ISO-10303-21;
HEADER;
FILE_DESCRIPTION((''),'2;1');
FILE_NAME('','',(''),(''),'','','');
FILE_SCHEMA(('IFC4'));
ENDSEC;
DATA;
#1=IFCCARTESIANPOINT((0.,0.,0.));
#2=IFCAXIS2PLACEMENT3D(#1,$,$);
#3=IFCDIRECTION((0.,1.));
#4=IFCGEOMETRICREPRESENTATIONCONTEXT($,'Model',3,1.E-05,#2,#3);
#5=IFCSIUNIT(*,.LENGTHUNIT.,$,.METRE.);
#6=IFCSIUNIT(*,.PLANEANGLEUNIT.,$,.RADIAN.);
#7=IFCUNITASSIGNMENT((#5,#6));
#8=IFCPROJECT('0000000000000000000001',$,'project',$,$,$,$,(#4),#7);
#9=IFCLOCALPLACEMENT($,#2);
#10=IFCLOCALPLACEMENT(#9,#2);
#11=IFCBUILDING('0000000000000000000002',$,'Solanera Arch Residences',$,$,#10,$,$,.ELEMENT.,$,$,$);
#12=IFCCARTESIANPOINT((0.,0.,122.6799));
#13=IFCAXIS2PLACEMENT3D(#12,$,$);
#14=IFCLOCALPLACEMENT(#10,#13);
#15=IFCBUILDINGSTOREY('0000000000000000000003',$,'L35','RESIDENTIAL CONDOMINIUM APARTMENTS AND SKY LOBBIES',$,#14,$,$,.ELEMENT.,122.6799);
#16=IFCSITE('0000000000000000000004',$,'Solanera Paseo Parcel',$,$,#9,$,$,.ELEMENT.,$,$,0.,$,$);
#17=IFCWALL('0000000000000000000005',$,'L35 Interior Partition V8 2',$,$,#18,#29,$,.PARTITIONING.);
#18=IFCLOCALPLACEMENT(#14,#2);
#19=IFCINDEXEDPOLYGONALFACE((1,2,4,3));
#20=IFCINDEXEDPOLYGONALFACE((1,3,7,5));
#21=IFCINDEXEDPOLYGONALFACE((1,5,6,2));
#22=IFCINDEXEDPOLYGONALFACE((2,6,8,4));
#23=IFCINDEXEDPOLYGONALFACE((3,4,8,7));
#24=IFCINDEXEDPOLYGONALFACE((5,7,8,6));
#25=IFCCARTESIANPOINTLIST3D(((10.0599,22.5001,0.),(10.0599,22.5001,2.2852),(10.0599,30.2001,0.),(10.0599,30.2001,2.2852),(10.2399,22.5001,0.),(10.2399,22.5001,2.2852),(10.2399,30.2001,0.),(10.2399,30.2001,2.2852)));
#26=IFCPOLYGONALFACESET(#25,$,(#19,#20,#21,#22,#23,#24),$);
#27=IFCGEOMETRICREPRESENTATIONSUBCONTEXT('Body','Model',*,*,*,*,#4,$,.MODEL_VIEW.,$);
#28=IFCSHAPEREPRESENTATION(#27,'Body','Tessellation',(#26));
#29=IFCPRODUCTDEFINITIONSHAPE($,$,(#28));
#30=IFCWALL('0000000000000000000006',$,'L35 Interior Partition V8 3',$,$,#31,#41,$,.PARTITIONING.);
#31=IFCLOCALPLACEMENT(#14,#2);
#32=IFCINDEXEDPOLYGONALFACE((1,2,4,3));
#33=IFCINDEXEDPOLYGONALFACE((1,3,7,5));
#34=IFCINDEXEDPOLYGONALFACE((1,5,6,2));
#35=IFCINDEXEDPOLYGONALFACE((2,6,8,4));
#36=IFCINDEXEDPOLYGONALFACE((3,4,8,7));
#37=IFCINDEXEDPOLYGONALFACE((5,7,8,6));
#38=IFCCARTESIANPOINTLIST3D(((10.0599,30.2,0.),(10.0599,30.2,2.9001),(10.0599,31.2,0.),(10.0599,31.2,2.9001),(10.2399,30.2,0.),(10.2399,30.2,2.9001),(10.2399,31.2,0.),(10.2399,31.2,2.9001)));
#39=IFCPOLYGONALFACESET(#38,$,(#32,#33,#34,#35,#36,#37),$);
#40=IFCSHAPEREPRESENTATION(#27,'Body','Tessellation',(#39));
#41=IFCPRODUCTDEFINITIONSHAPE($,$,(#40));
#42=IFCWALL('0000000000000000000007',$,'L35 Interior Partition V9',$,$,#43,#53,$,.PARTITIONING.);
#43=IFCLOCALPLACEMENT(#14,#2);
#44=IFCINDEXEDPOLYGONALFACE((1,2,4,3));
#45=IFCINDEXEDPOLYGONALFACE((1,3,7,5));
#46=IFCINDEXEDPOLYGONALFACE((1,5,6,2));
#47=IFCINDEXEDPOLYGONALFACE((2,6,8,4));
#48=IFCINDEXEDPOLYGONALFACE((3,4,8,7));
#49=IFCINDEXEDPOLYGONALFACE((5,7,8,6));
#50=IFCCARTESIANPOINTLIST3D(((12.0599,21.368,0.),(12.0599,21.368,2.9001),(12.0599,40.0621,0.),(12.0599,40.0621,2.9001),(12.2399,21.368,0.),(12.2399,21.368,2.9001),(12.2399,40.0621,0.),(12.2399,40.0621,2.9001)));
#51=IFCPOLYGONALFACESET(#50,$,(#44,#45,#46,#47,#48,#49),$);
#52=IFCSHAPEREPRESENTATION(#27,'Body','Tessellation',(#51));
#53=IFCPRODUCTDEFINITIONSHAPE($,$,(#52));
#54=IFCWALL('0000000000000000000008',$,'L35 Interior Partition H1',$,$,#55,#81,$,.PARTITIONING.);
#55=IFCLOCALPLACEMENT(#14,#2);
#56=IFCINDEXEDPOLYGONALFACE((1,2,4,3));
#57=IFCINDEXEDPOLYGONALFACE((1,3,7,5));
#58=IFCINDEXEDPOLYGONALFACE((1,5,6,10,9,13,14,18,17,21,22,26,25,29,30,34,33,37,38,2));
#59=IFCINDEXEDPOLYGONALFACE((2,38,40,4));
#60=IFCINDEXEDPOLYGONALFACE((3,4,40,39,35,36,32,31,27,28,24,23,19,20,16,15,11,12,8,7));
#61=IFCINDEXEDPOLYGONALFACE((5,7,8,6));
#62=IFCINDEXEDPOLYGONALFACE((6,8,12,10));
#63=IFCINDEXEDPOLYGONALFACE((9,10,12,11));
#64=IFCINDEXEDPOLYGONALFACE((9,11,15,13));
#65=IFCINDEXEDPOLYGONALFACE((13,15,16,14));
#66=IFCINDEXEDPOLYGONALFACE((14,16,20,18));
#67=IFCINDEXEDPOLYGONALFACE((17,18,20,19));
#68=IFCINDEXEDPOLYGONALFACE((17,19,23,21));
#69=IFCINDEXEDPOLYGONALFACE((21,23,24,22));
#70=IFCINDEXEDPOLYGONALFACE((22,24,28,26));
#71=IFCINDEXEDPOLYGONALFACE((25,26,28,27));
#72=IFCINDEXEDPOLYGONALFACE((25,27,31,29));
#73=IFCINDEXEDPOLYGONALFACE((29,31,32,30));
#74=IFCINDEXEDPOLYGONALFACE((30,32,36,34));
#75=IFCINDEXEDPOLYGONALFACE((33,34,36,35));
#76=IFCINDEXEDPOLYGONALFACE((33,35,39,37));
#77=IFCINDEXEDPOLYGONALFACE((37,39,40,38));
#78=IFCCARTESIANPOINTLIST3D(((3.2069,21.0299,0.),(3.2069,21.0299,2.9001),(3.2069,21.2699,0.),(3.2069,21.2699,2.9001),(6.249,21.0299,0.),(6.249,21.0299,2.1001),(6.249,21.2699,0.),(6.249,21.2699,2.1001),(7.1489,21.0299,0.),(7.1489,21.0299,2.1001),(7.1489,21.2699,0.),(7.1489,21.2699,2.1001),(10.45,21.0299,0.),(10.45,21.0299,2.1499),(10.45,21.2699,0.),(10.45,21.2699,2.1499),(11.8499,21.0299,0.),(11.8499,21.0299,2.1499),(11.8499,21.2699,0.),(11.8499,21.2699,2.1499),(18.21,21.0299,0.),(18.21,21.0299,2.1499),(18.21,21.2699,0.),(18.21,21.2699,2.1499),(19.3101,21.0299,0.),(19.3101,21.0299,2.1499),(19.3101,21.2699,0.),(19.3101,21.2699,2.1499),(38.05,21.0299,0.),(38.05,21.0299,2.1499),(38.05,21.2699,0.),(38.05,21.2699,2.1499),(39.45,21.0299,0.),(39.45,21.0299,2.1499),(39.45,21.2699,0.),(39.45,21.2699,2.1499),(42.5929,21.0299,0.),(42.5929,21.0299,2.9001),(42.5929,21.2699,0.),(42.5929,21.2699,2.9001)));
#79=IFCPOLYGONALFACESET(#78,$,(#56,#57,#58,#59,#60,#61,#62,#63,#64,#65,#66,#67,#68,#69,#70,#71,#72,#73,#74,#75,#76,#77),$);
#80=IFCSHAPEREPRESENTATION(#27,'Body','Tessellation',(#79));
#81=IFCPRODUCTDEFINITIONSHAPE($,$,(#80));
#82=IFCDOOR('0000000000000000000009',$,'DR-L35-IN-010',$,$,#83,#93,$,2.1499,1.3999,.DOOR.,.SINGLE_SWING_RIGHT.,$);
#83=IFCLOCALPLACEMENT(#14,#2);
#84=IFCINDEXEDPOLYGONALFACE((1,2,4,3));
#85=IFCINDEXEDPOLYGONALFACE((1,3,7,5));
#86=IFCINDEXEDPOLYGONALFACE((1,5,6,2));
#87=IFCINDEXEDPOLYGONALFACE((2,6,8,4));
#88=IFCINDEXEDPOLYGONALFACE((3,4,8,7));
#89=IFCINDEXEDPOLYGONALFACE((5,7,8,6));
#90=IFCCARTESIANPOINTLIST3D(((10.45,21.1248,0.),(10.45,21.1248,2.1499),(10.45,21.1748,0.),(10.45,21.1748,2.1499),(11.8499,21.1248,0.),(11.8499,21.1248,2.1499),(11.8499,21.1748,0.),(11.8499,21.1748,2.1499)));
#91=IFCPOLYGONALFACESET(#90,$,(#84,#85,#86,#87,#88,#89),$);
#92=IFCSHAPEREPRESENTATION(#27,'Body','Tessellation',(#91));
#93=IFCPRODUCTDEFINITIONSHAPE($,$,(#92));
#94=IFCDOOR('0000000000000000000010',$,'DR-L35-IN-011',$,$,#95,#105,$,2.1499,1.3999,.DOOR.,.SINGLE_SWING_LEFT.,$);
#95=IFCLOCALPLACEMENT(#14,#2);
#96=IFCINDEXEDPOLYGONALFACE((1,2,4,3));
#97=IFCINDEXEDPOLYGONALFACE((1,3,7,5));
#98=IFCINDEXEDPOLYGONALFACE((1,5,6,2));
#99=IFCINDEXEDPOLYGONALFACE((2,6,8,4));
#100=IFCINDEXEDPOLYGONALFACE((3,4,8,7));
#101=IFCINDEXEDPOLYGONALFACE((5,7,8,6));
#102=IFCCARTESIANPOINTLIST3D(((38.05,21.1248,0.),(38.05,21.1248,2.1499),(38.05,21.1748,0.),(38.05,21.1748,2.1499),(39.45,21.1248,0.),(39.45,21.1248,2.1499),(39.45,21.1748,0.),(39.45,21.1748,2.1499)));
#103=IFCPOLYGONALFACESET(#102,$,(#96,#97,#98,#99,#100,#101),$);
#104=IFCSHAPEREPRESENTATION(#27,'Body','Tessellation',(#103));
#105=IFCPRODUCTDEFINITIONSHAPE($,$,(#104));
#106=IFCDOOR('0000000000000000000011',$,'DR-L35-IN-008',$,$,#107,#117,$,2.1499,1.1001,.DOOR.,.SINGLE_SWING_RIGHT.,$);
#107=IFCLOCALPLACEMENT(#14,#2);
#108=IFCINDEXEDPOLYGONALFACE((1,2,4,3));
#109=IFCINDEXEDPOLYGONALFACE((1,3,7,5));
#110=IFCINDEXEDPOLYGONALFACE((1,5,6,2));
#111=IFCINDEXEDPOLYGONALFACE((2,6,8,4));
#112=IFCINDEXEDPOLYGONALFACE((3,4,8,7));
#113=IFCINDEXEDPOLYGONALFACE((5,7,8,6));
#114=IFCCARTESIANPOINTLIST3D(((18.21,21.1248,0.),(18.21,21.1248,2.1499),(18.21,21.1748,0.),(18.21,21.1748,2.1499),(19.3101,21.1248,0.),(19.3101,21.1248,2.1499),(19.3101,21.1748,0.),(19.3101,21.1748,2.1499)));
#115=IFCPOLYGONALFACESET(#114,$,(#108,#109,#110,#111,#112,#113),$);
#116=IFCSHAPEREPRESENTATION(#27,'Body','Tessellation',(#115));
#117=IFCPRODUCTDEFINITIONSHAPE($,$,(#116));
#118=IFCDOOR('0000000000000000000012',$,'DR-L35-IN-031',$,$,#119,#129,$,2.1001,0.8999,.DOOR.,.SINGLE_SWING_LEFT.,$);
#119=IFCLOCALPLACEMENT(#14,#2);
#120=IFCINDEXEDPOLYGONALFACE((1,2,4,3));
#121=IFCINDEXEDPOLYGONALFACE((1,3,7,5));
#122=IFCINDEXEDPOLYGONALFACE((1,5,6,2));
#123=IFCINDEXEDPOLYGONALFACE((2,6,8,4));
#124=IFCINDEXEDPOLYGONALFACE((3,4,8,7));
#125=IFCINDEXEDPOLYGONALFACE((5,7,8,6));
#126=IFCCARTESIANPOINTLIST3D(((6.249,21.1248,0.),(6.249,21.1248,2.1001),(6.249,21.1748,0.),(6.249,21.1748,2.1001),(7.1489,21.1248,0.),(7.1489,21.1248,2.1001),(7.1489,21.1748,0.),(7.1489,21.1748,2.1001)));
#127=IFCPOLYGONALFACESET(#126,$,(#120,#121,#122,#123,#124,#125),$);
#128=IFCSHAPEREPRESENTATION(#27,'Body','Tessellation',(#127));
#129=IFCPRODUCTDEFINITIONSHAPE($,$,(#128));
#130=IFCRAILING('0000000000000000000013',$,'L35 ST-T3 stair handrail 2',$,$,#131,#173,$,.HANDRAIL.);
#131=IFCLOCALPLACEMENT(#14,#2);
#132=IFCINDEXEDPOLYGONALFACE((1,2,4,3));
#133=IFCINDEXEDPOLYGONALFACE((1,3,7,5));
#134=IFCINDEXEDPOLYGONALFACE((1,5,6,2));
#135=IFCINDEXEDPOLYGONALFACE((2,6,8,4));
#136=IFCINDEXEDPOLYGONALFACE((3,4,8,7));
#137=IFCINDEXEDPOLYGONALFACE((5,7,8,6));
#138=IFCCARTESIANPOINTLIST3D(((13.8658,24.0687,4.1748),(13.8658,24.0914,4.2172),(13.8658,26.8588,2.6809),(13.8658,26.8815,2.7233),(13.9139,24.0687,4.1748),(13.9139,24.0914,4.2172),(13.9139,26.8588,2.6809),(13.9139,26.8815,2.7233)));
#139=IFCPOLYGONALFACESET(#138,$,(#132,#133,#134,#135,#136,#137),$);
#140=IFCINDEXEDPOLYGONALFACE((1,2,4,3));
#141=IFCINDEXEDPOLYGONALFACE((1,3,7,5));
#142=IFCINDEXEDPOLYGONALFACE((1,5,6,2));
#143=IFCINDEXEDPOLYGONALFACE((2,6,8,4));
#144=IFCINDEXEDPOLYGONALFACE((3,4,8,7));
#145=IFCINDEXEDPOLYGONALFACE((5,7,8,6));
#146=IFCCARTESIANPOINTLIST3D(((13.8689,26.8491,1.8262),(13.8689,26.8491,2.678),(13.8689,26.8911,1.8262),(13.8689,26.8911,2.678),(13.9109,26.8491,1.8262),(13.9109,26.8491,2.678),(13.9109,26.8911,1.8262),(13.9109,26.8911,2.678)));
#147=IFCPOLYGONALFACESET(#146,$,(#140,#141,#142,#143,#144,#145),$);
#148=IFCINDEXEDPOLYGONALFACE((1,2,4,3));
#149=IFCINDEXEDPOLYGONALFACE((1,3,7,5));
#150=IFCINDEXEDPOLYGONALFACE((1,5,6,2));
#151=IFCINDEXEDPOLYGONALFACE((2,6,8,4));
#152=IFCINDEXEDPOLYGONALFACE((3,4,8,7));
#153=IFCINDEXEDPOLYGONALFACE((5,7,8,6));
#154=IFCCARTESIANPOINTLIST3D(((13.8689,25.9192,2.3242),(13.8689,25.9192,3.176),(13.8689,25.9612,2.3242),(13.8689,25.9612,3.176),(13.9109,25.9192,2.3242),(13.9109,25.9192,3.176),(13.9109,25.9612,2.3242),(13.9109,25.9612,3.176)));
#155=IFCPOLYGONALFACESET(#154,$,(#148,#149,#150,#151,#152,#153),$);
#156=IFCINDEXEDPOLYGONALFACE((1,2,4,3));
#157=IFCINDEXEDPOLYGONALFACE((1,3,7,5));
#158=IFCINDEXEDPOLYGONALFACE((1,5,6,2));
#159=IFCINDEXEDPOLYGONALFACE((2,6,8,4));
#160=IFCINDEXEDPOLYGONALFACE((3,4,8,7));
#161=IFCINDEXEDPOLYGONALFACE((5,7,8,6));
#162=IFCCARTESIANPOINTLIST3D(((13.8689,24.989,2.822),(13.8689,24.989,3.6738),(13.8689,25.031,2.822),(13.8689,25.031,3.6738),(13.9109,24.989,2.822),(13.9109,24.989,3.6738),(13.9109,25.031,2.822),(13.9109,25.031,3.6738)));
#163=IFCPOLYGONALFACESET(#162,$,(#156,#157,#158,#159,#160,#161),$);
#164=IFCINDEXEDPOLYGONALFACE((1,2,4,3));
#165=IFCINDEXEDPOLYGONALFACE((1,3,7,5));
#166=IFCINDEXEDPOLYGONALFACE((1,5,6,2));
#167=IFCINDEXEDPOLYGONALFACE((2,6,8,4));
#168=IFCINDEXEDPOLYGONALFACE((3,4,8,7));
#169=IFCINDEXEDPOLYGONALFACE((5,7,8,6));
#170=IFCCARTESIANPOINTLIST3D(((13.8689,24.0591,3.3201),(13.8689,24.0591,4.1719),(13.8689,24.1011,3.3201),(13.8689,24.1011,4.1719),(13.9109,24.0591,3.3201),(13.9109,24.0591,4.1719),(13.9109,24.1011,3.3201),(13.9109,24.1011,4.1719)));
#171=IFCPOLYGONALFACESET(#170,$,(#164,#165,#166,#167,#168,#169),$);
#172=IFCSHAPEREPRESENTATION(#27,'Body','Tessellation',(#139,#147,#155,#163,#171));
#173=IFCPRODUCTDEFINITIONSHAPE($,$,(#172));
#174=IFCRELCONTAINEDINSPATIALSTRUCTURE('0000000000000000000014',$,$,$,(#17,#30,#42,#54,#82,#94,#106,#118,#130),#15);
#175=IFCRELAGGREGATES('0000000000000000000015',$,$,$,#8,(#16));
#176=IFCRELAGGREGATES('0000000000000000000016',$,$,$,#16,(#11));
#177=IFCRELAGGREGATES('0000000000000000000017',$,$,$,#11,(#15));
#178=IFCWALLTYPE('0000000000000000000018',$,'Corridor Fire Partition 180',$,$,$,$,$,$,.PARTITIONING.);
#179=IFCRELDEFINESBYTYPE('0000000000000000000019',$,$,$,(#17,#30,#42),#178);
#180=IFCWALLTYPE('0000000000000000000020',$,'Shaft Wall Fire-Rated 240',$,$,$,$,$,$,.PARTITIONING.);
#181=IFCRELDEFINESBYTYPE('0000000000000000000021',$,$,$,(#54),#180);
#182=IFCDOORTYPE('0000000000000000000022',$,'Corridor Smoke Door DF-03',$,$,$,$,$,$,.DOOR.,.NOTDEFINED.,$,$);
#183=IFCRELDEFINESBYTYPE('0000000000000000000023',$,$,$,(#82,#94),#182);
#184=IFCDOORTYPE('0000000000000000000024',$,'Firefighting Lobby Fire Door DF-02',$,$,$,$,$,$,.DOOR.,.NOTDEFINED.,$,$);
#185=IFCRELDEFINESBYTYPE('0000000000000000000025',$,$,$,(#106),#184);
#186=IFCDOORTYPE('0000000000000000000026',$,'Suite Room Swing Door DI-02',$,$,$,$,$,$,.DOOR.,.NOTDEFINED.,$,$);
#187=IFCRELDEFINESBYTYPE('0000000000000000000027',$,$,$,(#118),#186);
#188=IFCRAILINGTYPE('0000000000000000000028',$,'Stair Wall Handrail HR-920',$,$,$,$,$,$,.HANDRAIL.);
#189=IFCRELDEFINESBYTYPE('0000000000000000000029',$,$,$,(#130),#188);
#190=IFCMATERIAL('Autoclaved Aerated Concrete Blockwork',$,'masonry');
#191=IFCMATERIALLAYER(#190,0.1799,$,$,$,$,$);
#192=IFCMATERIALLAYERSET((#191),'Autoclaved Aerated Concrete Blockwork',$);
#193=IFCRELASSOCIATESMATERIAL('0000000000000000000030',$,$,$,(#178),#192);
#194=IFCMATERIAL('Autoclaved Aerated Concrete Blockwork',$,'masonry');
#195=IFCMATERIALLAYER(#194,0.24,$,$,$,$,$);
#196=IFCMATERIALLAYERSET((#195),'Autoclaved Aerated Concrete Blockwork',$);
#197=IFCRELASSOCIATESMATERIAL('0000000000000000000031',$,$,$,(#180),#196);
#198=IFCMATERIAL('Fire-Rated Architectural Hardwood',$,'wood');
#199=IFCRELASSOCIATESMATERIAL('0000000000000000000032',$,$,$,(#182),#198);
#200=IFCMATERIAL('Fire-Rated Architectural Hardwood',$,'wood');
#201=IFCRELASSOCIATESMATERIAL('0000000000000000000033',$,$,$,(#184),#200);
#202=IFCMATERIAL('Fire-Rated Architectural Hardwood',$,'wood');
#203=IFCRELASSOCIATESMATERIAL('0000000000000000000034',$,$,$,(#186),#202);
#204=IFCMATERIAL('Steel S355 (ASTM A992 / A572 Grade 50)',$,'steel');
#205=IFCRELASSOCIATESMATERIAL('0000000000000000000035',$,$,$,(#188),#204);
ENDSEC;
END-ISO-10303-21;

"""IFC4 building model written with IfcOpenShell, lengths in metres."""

from ifc_helpers import new_model, si_unit, direction, frame, frame_2d, origin, origin_2d, place, context, subcontext, project, spatial, rectangle, extrude, material, layer, layer_set, type_object, element, fill, save


model = new_model("IFC4")

# Units and contexts
model_context = context("Model", 3, precision=1e-05, world=origin(), true_north=direction((0.0, 1.0)))
body_context = subcontext(model_context, "Body", "Model", "MODEL_VIEW")
ifc_project = project(units=[si_unit("LENGTHUNIT", "METRE"), si_unit("PLANEANGLEUNIT", "RADIAN")], contexts=[model_context])

# Site, building, storey
site_placement = place(None, origin())
site = spatial("IfcSite", under=ifc_project, at=site_placement, Name="Solanera Paseo Parcel", CompositionType="ELEMENT", RefElevation=0.0)
building_placement = place(site_placement, origin())
building = spatial("IfcBuilding", under=site, at=building_placement, Name="Solanera Arch Residences", CompositionType="ELEMENT")
storey_placement = place(building_placement, frame((0.0, 0.0, 122.6799)))
storey = spatial("IfcBuildingStorey", under=building, at=storey_placement, Name="L35", Description="RESIDENTIAL CONDOMINIUM APARTMENTS AND SKY LOBBIES", CompositionType="ELEMENT", Elevation=122.6799)

# Walls
ifc_material_1 = material(Name="Autoclaved Aerated Concrete Blockwork", Category="masonry")
ifc_layer_1 = layer(ifc_material_1, 0.1799)
ifc_layer_set_1 = layer_set([ifc_layer_1], Name="Autoclaved Aerated Concrete Blockwork")
wall_type_1 = type_object("IfcWallType", Name="Corridor Fire Partition 180", PredefinedType="PARTITIONING", material=ifc_layer_set_1)
wall_1_placement = place(storey_placement, frame((10.1499, 22.5, 0.0), z_axis=(0.0, 0.0, 1.0), x_axis=(0.0, 1.0, 0.0)))
element("IfcWall", 1, at=wall_1_placement, inside=storey, type_object=wall_type_1, Name="L35 Interior Partition V8 2", PredefinedType="PARTITIONING", context=body_context, shape_type="SweptSolid", body=[
    extrude(rectangle(XDim=7.7, YDim=0.1799, at=frame_2d((3.8501, 0.0))), origin(), (0.0, 0.0, 1.0), 2.2852),
])
wall_2_placement = place(storey_placement, frame((10.1499, 30.2, 0.0), z_axis=(0.0, 0.0, 1.0), x_axis=(0.0, 1.0, 0.0)))
element("IfcWall", 2, at=wall_2_placement, inside=storey, type_object=wall_type_1, Name="L35 Interior Partition V8 3", PredefinedType="PARTITIONING", context=body_context, shape_type="SweptSolid", body=[
    extrude(rectangle(XDim=1.0, YDim=0.1799, at=frame_2d((0.5, 0.0))), origin(), (0.0, 0.0, 1.0), 2.9001),
])
wall_3_placement = place(storey_placement, frame((12.1499, 21.3679, 0.0), z_axis=(0.0, 0.0, 1.0), x_axis=(0.0, 1.0, 0.0)))
element("IfcWall", 3, at=wall_3_placement, inside=storey, type_object=wall_type_1, Name="L35 Interior Partition V9", PredefinedType="PARTITIONING", context=body_context, shape_type="SweptSolid", body=[
    extrude(rectangle(XDim=18.6941, YDim=0.1799, at=frame_2d((9.3472, 0.0))), origin(), (0.0, 0.0, 1.0), 2.9001),
])

# Wall, openings, doors
ifc_material_2 = material(Name="Autoclaved Aerated Concrete Blockwork", Category="masonry")
ifc_layer_2 = layer(ifc_material_2, 0.24)
ifc_layer_set_2 = layer_set([ifc_layer_2], Name="Autoclaved Aerated Concrete Blockwork")
wall_type_2 = type_object("IfcWallType", Name="Shaft Wall Fire-Rated 240", PredefinedType="PARTITIONING", material=ifc_layer_set_2)
wall_4_placement = place(storey_placement, frame((3.207, 21.1499, 0.0), z_axis=(0.0, 0.0, 1.0), x_axis=(1.0, 0.0, 0.0)))
wall_4 = element("IfcWall", 4, at=wall_4_placement, inside=storey, type_object=wall_type_2, Name="L35 Interior Partition H1", PredefinedType="PARTITIONING", context=body_context, shape_type="SweptSolid", body=[
    extrude(rectangle(XDim=39.386, YDim=0.24, at=frame_2d((19.6929, 0.0))), origin(), (0.0, 0.0, 1.0), 2.9001),
])
opening_1_placement = place(wall_4_placement, frame((15.0029, 0.0, 0.0)))
opening_1 = element("IfcOpeningElement", 5, at=opening_1_placement, cuts=wall_4, PredefinedType="OPENING", context=body_context, shape_type="SweptSolid", body=[
    extrude(rectangle(XDim=1.1001, YDim=2.1499, at=frame_2d((0.55, 1.075))), frame((0.0, 0.1299, 0.0), z_axis=(0.0, -1.0, 0.0), x_axis=(1.0, 0.0, 0.0)), (0.0, 0.0, 1.0), 0.26),
])
opening_2_placement = place(wall_4_placement, frame((7.2429, 0.0, 0.0)))
opening_2 = element("IfcOpeningElement", 6, at=opening_2_placement, cuts=wall_4, PredefinedType="OPENING", context=body_context, shape_type="SweptSolid", body=[
    extrude(rectangle(XDim=1.3999, YDim=2.1499, at=frame_2d((0.7, 1.075))), frame((0.0, 0.1299, 0.0), z_axis=(0.0, -1.0, 0.0), x_axis=(1.0, 0.0, 0.0)), (0.0, 0.0, 1.0), 0.26),
])
opening_3_placement = place(wall_4_placement, frame((34.843, 0.0, 0.0)))
opening_3 = element("IfcOpeningElement", 7, at=opening_3_placement, cuts=wall_4, PredefinedType="OPENING", context=body_context, shape_type="SweptSolid", body=[
    extrude(rectangle(XDim=1.3999, YDim=2.1499, at=frame_2d((0.7, 1.075))), frame((0.0, 0.1299, 0.0), z_axis=(0.0, -1.0, 0.0), x_axis=(1.0, 0.0, 0.0)), (0.0, 0.0, 1.0), 0.26),
])
opening_4_placement = place(wall_4_placement, frame((3.042, 0.0, 0.0)))
opening_4 = element("IfcOpeningElement", 8, at=opening_4_placement, cuts=wall_4, PredefinedType="OPENING", context=body_context, shape_type="SweptSolid", body=[
    extrude(rectangle(XDim=0.8999, YDim=2.1001, at=frame_2d((0.45, 1.05))), frame((0.0, 0.1299, 0.0), z_axis=(0.0, -1.0, 0.0), x_axis=(1.0, 0.0, 0.0)), (0.0, 0.0, 1.0), 0.26),
])
ifc_material_3 = material(Name="Fire-Rated Architectural Hardwood", Category="wood")
door_type_1 = type_object("IfcDoorType", Name="Corridor Smoke Door DF-03", OperationType="NOTDEFINED", PredefinedType="DOOR", material=ifc_material_3)
door_1_placement = place(opening_2_placement, origin())
door_1 = element("IfcDoor", 9, at=door_1_placement, inside=storey, type_object=door_type_1, Name="DR-L35-IN-010", OperationType="SINGLE_SWING_RIGHT", OverallHeight=2.1499, OverallWidth=1.3999, PredefinedType="DOOR", context=body_context, shape_type="SweptSolid", body=[
    extrude(rectangle(XDim=1.3999, YDim=2.1499, at=frame_2d((0.7, 1.075))), frame((0.0, 0.0249, 0.0), z_axis=(0.0, -1.0, 0.0), x_axis=(1.0, 0.0, 0.0)), (0.0, 0.0, 1.0), 0.05),
])
fill(opening_2, door_1)
door_2_placement = place(opening_3_placement, origin())
door_2 = element("IfcDoor", 10, at=door_2_placement, inside=storey, type_object=door_type_1, Name="DR-L35-IN-011", OperationType="SINGLE_SWING_LEFT", OverallHeight=2.1499, OverallWidth=1.3999, PredefinedType="DOOR", context=body_context, shape_type="SweptSolid", body=[
    extrude(rectangle(XDim=1.3999, YDim=2.1499, at=frame_2d((0.7, 1.075))), frame((0.0, 0.0249, 0.0), z_axis=(0.0, -1.0, 0.0), x_axis=(1.0, 0.0, 0.0)), (0.0, 0.0, 1.0), 0.05),
])
fill(opening_3, door_2)
ifc_material_4 = material(Name="Fire-Rated Architectural Hardwood", Category="wood")
door_type_2 = type_object("IfcDoorType", Name="Firefighting Lobby Fire Door DF-02", OperationType="NOTDEFINED", PredefinedType="DOOR", material=ifc_material_4)
door_3_placement = place(opening_1_placement, origin())
door_3 = element("IfcDoor", 11, at=door_3_placement, inside=storey, type_object=door_type_2, Name="DR-L35-IN-008", OperationType="SINGLE_SWING_RIGHT", OverallHeight=2.1499, OverallWidth=1.1001, PredefinedType="DOOR", context=body_context, shape_type="SweptSolid", body=[
    extrude(rectangle(XDim=1.1001, YDim=2.1499, at=frame_2d((0.55, 1.075))), frame((0.0, 0.0249, 0.0), z_axis=(0.0, -1.0, 0.0), x_axis=(1.0, 0.0, 0.0)), (0.0, 0.0, 1.0), 0.05),
])
fill(opening_1, door_3)
ifc_material_5 = material(Name="Fire-Rated Architectural Hardwood", Category="wood")
door_type_3 = type_object("IfcDoorType", Name="Suite Room Swing Door DI-02", OperationType="NOTDEFINED", PredefinedType="DOOR", material=ifc_material_5)
door_4_placement = place(opening_4_placement, origin())
door_4 = element("IfcDoor", 12, at=door_4_placement, inside=storey, type_object=door_type_3, Name="DR-L35-IN-031", OperationType="SINGLE_SWING_LEFT", OverallHeight=2.1001, OverallWidth=0.8999, PredefinedType="DOOR", context=body_context, shape_type="SweptSolid", body=[
    extrude(rectangle(XDim=0.8999, YDim=2.1001, at=frame_2d((0.45, 1.05))), frame((0.0, 0.0249, 0.0), z_axis=(0.0, -1.0, 0.0), x_axis=(1.0, 0.0, 0.0)), (0.0, 0.0, 1.0), 0.05),
])
fill(opening_4, door_4)

# Railing
ifc_material_6 = material(Name="Steel S355 (ASTM A992 / A572 Grade 50)", Category="steel")
railing_type = type_object("IfcRailingType", Name="Stair Wall Handrail HR-920", PredefinedType="HANDRAIL", material=ifc_material_6)
railing_placement = place(storey_placement, frame((13.8899, 26.8701, 1.8262)))
element("IfcRailing", 13, at=railing_placement, inside=storey, type_object=railing_type, Name="L35 ST-T3 stair handrail 2", PredefinedType="HANDRAIL", context=body_context, shape_type="SweptSolid", body=[
    extrude(rectangle(XDim=0.0481, YDim=0.0481, at=origin_2d()), frame((0.0, 0.0, 0.876), z_axis=(0.0, -0.881581, 0.472033), x_axis=(1.0, 0.0, 0.0)), (0.0, 0.0, 1.0), 3.1648),
    extrude(rectangle(XDim=0.042, YDim=0.042, at=origin_2d()), origin(), (0.0, 0.0, 1.0), 0.8518),
    extrude(rectangle(XDim=0.042, YDim=0.042, at=origin_2d()), frame((0.0, -0.9299, 0.498)), (0.0, 0.0, 1.0), 0.8518),
    extrude(rectangle(XDim=0.042, YDim=0.042, at=origin_2d()), frame((0.0, -1.8601, 0.9958)), (0.0, 0.0, 1.0), 0.8518),
    extrude(rectangle(XDim=0.042, YDim=0.042, at=origin_2d()), frame((0.0, -2.79, 1.4939)), (0.0, 0.0, 1.0), 0.8518),
])

save(model, "model.ifc")
